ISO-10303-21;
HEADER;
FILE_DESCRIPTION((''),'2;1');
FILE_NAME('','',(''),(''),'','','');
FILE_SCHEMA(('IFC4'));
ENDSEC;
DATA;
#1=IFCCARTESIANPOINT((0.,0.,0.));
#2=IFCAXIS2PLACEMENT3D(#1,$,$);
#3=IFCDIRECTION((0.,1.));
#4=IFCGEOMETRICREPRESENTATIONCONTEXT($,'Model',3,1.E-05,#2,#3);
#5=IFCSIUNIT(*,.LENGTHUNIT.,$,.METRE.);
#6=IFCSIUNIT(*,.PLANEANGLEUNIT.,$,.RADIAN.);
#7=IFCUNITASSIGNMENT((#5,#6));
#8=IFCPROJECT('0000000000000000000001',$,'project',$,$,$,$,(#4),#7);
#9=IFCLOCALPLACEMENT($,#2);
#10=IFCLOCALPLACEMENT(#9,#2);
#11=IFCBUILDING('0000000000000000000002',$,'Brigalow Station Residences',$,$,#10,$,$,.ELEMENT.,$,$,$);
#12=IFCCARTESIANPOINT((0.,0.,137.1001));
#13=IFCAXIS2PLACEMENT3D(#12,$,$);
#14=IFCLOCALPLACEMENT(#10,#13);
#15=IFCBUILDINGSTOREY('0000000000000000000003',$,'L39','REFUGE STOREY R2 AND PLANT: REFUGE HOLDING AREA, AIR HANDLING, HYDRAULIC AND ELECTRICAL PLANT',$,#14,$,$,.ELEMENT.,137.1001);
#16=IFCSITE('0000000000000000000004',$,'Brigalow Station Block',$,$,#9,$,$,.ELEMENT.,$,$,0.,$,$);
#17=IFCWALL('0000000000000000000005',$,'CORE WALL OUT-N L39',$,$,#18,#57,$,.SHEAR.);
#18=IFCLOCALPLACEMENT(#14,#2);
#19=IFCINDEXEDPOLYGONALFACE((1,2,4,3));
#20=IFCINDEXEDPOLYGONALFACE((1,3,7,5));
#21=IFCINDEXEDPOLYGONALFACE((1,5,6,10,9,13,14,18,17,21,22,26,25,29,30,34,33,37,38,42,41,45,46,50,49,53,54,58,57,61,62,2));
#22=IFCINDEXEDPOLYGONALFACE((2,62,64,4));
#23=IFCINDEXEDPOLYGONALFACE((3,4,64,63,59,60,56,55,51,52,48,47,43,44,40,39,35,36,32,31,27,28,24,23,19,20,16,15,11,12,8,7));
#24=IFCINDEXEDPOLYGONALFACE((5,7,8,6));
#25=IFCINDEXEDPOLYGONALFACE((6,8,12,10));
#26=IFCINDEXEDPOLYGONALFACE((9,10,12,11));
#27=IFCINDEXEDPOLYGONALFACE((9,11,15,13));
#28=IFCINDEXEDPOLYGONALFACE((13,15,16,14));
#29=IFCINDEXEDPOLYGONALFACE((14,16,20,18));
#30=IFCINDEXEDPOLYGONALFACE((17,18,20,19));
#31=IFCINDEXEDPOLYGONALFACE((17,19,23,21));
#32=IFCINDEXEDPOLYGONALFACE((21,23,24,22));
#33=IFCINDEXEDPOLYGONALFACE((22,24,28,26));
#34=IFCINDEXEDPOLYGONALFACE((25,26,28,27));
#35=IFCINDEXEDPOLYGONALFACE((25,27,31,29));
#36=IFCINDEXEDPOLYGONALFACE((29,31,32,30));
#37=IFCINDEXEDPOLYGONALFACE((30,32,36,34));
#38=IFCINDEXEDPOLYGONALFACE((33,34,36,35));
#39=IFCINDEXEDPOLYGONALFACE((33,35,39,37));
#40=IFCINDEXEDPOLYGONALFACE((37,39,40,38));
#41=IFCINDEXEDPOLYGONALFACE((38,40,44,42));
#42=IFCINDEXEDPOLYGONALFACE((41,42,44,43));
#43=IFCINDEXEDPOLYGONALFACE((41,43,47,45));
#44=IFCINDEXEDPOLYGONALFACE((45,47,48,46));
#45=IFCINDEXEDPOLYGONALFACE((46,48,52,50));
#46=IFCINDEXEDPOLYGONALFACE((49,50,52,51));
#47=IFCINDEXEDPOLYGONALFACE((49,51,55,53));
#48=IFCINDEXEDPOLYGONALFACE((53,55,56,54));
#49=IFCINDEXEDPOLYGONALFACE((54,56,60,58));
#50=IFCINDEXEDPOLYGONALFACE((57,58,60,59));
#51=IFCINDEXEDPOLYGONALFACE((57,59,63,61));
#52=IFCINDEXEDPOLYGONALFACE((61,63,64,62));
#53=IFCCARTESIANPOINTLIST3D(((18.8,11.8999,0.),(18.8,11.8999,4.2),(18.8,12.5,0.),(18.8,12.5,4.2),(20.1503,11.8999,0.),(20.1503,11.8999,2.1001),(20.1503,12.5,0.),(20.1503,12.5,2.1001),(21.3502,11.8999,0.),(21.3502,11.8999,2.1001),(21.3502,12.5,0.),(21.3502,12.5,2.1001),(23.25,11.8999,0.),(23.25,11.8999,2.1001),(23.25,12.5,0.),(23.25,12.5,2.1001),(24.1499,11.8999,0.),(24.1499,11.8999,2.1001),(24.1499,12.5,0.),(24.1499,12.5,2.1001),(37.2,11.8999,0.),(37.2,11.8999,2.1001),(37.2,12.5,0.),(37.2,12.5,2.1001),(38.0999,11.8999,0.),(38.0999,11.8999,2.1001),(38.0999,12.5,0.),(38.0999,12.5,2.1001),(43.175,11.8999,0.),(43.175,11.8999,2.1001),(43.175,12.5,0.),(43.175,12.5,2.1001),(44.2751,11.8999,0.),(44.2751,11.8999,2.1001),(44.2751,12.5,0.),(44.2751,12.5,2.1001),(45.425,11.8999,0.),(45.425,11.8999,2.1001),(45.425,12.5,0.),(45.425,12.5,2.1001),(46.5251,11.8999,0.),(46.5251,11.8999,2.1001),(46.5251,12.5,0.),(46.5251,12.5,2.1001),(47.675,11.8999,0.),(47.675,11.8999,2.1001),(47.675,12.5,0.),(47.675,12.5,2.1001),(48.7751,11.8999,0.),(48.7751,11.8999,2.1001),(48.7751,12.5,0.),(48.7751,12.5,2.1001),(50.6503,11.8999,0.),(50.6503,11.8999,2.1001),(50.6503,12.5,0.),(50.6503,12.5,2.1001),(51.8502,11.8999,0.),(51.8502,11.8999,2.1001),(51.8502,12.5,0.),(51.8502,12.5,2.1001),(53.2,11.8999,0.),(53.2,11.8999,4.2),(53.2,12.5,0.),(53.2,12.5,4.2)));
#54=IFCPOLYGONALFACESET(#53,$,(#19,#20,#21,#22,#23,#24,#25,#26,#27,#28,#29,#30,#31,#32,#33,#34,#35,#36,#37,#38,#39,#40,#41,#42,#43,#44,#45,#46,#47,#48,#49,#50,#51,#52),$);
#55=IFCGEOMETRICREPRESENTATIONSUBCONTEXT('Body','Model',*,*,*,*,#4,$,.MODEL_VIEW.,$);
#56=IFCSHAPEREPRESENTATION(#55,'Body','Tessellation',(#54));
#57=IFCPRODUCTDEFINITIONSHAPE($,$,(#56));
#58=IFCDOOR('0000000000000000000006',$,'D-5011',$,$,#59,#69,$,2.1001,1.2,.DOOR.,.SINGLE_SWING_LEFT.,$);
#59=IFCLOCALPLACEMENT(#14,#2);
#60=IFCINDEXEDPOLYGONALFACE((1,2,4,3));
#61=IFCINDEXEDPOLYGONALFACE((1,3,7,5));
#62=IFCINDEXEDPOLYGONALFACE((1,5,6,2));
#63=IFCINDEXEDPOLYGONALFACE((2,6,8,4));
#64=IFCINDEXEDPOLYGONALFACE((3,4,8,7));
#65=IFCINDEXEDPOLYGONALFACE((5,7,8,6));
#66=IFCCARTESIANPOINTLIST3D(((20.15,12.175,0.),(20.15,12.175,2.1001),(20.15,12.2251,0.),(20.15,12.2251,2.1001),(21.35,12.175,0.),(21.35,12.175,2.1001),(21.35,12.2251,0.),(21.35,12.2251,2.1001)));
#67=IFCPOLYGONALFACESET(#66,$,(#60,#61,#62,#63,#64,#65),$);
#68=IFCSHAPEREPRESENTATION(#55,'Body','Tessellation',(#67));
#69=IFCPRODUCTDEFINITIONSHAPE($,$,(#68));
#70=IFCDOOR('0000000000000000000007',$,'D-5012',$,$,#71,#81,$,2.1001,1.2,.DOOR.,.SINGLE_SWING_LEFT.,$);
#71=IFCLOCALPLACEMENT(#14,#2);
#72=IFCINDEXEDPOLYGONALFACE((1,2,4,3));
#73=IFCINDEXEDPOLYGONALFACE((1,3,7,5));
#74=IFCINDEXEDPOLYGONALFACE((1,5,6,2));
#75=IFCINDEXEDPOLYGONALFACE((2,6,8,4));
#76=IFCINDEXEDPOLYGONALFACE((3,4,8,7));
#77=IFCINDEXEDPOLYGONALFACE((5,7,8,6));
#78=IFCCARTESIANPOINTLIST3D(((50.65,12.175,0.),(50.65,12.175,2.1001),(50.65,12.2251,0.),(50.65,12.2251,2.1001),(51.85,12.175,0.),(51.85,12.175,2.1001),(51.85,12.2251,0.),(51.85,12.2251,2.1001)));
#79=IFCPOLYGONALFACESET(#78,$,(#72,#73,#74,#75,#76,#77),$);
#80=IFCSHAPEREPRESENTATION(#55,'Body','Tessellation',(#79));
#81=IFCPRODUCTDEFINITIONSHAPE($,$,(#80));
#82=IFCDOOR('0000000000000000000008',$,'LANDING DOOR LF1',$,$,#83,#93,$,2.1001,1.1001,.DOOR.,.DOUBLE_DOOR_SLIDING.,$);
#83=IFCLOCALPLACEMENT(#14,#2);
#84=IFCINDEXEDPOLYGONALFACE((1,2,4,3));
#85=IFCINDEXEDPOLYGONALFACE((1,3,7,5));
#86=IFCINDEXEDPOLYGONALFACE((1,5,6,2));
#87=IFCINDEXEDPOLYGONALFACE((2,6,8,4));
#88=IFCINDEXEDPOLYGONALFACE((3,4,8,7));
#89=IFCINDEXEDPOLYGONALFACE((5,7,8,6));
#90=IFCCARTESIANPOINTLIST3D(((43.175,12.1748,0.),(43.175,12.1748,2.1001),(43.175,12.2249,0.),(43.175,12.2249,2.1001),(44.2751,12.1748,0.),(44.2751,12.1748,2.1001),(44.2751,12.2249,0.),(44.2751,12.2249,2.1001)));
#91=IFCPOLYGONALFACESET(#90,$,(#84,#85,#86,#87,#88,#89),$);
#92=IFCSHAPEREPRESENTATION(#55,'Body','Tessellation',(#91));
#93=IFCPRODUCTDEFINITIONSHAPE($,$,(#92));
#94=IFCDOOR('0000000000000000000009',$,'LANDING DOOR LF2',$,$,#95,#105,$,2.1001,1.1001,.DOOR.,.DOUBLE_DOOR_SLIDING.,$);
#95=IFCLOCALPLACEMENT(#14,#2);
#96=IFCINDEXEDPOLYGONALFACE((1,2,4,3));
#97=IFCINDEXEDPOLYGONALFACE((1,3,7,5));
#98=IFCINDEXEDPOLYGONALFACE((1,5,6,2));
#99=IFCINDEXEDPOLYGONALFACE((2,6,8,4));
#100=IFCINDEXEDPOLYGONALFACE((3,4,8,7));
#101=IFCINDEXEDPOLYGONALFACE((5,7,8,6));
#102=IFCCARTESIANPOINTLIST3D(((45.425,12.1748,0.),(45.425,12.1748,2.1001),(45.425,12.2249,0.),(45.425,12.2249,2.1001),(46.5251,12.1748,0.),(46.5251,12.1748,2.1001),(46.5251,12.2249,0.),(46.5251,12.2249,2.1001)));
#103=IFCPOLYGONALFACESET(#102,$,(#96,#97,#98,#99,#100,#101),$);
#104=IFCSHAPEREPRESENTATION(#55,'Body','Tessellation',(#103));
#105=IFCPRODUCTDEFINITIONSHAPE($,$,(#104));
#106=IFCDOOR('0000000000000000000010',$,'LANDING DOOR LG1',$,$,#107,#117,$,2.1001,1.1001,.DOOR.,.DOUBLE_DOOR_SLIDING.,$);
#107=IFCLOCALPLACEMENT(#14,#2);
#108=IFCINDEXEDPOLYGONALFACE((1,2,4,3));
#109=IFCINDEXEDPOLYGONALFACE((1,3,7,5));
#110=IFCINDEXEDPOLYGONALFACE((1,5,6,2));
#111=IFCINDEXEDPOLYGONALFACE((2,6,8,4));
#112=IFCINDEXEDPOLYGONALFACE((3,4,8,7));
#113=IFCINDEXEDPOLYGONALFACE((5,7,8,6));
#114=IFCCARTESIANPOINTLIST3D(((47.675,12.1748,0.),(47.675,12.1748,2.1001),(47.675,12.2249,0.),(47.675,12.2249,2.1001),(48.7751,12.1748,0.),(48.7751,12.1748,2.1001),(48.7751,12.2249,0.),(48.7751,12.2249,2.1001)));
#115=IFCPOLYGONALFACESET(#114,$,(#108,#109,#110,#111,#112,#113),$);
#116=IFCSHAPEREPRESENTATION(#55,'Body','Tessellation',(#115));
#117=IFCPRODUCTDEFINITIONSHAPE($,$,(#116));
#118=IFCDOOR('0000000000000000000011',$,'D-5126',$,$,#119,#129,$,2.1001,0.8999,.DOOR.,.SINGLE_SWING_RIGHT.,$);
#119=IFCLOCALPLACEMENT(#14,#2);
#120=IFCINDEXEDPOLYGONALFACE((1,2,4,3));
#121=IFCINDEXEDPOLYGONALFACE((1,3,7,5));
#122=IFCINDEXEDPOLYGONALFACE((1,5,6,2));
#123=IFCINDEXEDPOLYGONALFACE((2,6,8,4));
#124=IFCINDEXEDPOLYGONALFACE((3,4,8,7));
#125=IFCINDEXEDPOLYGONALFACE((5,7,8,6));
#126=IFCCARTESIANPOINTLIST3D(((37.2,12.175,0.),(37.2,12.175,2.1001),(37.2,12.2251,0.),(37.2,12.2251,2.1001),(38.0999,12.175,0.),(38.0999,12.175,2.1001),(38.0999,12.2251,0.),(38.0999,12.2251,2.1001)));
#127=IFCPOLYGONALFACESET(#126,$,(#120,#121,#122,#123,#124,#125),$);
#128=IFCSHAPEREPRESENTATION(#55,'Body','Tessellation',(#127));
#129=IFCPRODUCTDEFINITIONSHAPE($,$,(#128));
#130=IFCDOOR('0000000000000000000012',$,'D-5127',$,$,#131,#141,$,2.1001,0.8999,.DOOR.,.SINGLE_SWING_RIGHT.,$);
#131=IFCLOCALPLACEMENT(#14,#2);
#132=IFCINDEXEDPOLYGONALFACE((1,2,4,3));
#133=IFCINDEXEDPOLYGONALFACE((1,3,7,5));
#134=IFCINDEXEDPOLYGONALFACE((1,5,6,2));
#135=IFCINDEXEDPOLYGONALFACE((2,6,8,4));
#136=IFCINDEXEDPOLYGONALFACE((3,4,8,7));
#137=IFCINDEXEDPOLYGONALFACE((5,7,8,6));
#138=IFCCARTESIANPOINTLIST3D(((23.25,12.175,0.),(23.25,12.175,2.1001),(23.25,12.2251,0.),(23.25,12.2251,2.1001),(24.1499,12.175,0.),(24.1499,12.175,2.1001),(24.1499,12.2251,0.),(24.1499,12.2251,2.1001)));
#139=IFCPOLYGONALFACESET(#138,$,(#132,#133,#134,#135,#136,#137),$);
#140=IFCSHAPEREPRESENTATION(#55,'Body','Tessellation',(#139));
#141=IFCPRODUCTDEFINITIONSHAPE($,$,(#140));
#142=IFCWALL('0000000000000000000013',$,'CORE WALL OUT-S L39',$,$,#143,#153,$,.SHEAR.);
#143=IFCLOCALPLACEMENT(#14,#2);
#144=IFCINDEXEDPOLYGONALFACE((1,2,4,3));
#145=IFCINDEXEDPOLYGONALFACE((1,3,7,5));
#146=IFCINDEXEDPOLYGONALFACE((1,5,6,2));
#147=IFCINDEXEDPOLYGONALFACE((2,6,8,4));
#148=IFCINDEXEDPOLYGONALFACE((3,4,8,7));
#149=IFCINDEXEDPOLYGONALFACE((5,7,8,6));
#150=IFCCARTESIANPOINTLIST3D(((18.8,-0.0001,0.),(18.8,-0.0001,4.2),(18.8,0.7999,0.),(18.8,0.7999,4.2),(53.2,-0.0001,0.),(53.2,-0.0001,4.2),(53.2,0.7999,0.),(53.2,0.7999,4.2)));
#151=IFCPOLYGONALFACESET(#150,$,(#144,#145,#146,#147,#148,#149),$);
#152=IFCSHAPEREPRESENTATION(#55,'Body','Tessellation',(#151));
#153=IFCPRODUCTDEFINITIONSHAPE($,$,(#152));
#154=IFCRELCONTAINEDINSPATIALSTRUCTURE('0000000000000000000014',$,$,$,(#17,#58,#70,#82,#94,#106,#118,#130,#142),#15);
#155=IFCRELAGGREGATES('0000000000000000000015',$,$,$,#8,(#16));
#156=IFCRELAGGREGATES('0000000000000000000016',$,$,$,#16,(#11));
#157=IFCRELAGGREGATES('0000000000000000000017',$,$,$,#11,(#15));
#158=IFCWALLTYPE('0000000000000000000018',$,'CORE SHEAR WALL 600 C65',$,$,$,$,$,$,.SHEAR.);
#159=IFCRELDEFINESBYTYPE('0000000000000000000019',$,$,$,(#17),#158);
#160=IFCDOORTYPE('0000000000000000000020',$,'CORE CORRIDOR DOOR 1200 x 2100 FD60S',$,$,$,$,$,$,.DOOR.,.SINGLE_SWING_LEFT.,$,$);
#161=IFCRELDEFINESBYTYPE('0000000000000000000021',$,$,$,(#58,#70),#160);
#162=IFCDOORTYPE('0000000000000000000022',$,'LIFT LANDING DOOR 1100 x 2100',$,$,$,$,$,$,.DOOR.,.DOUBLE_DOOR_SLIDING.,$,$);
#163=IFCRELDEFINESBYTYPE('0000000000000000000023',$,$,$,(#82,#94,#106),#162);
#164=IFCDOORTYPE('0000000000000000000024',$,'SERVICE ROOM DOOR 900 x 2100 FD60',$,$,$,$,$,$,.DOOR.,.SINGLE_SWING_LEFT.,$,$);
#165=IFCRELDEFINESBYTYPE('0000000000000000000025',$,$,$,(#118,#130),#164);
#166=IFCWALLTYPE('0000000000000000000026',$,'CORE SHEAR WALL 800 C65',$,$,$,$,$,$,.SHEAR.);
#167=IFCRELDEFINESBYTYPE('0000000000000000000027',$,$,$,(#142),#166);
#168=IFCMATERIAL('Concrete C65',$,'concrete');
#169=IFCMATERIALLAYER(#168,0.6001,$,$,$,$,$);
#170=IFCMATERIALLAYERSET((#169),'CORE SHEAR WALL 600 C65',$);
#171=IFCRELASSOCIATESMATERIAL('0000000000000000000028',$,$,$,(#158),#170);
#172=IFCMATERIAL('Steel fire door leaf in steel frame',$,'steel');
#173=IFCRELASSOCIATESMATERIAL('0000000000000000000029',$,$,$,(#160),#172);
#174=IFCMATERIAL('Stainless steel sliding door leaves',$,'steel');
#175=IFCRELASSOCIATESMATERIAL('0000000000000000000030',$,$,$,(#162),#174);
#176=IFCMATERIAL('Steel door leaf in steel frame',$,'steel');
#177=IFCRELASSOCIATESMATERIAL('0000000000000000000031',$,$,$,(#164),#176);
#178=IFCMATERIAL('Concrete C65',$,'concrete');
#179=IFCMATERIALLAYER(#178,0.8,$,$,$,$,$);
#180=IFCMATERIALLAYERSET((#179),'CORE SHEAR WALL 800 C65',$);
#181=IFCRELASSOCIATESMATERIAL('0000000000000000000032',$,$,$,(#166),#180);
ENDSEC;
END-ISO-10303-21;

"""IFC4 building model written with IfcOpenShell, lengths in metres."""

from ifc_helpers import new_model, si_unit, direction, frame, frame_2d, origin, place, context, subcontext, project, spatial, rectangle, extrude, material, layer, layer_set, type_object, element, fill, save


model = new_model("IFC4")

# Units and contexts
model_context = context("Model", 3, precision=1e-05, world=origin(), true_north=direction((0.0, 1.0)))
body_context = subcontext(model_context, "Body", "Model", "MODEL_VIEW")
ifc_project = project(units=[si_unit("LENGTHUNIT", "METRE"), si_unit("PLANEANGLEUNIT", "RADIAN")], contexts=[model_context])

# Site, building, storey
site_placement = place(None, origin())
site = spatial("IfcSite", under=ifc_project, at=site_placement, Name="Brigalow Station Block", CompositionType="ELEMENT", RefElevation=0.0)
building_placement = place(site_placement, origin())
building = spatial("IfcBuilding", under=site, at=building_placement, Name="Brigalow Station Residences", CompositionType="ELEMENT")
storey_placement = place(building_placement, frame((0.0, 0.0, 137.1001)))
storey = spatial("IfcBuildingStorey", under=building, at=storey_placement, Name="L39", Description="REFUGE STOREY R2 AND PLANT: REFUGE HOLDING AREA, AIR HANDLING, HYDRAULIC AND ELECTRICAL PLANT", CompositionType="ELEMENT", Elevation=137.1001)

# Wall, openings, doors
ifc_material_1 = material(Name="Concrete C65", Category="concrete")
ifc_layer_1 = layer(ifc_material_1, 0.6001)
ifc_layer_set_1 = layer_set([ifc_layer_1], Name="CORE SHEAR WALL 600 C65")
wall_type_1 = type_object("IfcWallType", Name="CORE SHEAR WALL 600 C65", PredefinedType="SHEAR", material=ifc_layer_set_1)
wall_1_placement = place(storey_placement, frame((18.8, 12.2, 0.0), z_axis=(0.0, 0.0, 1.0), x_axis=(1.0, 0.0, 0.0)))
wall_1 = element("IfcWall", 1, at=wall_1_placement, inside=storey, type_object=wall_type_1, Name="CORE WALL OUT-N L39", PredefinedType="SHEAR", context=body_context, shape_type="SweptSolid", body=[
    extrude(rectangle(XDim=34.3999, YDim=0.6001, at=frame_2d((17.2, 0.0))), origin(), (0.0, 0.0, 1.0), 4.2),
])
opening_1_placement = place(wall_1_placement, frame((24.375, 0.0, 0.0)))
opening_1 = element("IfcOpeningElement", 2, at=opening_1_placement, cuts=wall_1, PredefinedType="OPENING", context=body_context, shape_type="SweptSolid", body=[
    extrude(rectangle(XDim=1.1001, YDim=2.1001, at=frame_2d((0.55, 1.05))), frame((0.0, 0.3101, 0.0), z_axis=(0.0, -1.0, 0.0), x_axis=(1.0, 0.0, 0.0)), (0.0, 0.0, 1.0), 0.6201),
])
opening_2_placement = place(wall_1_placement, frame((26.625, 0.0, 0.0)))
opening_2 = element("IfcOpeningElement", 3, at=opening_2_placement, cuts=wall_1, PredefinedType="OPENING", context=body_context, shape_type="SweptSolid", body=[
    extrude(rectangle(XDim=1.1001, YDim=2.1001, at=frame_2d((0.55, 1.05))), frame((0.0, 0.3101, 0.0), z_axis=(0.0, -1.0, 0.0), x_axis=(1.0, 0.0, 0.0)), (0.0, 0.0, 1.0), 0.6201),
])
opening_3_placement = place(wall_1_placement, frame((28.875, 0.0, 0.0)))
opening_3 = element("IfcOpeningElement", 4, at=opening_3_placement, cuts=wall_1, PredefinedType="OPENING", context=body_context, shape_type="SweptSolid", body=[
    extrude(rectangle(XDim=1.1001, YDim=2.1001, at=frame_2d((0.55, 1.05))), frame((0.0, 0.3101, 0.0), z_axis=(0.0, -1.0, 0.0), x_axis=(1.0, 0.0, 0.0)), (0.0, 0.0, 1.0), 0.6201),
])
opening_4_placement = place(wall_1_placement, frame((18.3999, 0.0, 0.0)))
opening_4 = element("IfcOpeningElement", 5, at=opening_4_placement, cuts=wall_1, PredefinedType="OPENING", context=body_context, shape_type="SweptSolid", body=[
    extrude(rectangle(XDim=0.8999, YDim=2.1001, at=frame_2d((0.45, 1.05))), frame((0.0, 0.3101, 0.0), z_axis=(0.0, -1.0, 0.0), x_axis=(1.0, 0.0, 0.0)), (0.0, 0.0, 1.0), 0.6201),
])
opening_5_placement = place(wall_1_placement, frame((4.45, 0.0, 0.0)))
opening_5 = element("IfcOpeningElement", 6, at=opening_5_placement, cuts=wall_1, PredefinedType="OPENING", context=body_context, shape_type="SweptSolid", body=[
    extrude(rectangle(XDim=0.8999, YDim=2.1001, at=frame_2d((0.45, 1.05))), frame((0.0, 0.3101, 0.0), z_axis=(0.0, -1.0, 0.0), x_axis=(1.0, 0.0, 0.0)), (0.0, 0.0, 1.0), 0.6201),
])
opening_6_placement = place(wall_1_placement, frame((1.3501, 0.0, 0.0)))
opening_6 = element("IfcOpeningElement", 7, at=opening_6_placement, cuts=wall_1, PredefinedType="OPENING", context=body_context, shape_type="SweptSolid", body=[
    extrude(rectangle(XDim=1.2, YDim=2.1001, at=frame_2d((0.6001, 1.05))), frame((0.0, 0.3101, 0.0), z_axis=(0.0, -1.0, 0.0), x_axis=(1.0, 0.0, 0.0)), (0.0, 0.0, 1.0), 0.6201),
])
opening_7_placement = place(wall_1_placement, frame((31.8501, 0.0, 0.0)))
opening_7 = element("IfcOpeningElement", 8, at=opening_7_placement, cuts=wall_1, PredefinedType="OPENING", context=body_context, shape_type="SweptSolid", body=[
    extrude(rectangle(XDim=1.2, YDim=2.1001, at=frame_2d((0.6001, 1.05))), frame((0.0, 0.3101, 0.0), z_axis=(0.0, -1.0, 0.0), x_axis=(1.0, 0.0, 0.0)), (0.0, 0.0, 1.0), 0.6201),
])
ifc_material_2 = material(Name="Steel fire door leaf in steel frame", Category="steel")
door_type_1 = type_object("IfcDoorType", Name="CORE CORRIDOR DOOR 1200 x 2100 FD60S", OperationType="SINGLE_SWING_LEFT", PredefinedType="DOOR", material=ifc_material_2)
door_1_placement = place(opening_6_placement, frame((1.2, 0.0, 0.0), z_axis=(0.0, 0.0, 1.0), x_axis=(-1.0, 0.0, 0.0)))
door_1 = element("IfcDoor", 9, at=door_1_placement, inside=storey, type_object=door_type_1, Name="D-5011", OperationType="SINGLE_SWING_LEFT", OverallHeight=2.1001, OverallWidth=1.2, PredefinedType="DOOR", context=body_context, shape_type="SweptSolid", body=[
    extrude(rectangle(XDim=1.2, YDim=2.1001, at=frame_2d((0.6001, 1.05))), frame((0.0, 0.0249, 0.0), z_axis=(0.0, -1.0, 0.0), x_axis=(1.0, 0.0, 0.0)), (0.0, 0.0, 1.0), 0.05),
])
fill(opening_6, door_1)
door_2_placement = place(opening_7_placement, frame((1.2, 0.0, 0.0), z_axis=(0.0, 0.0, 1.0), x_axis=(-1.0, 0.0, 0.0)))
door_2 = element("IfcDoor", 10, at=door_2_placement, inside=storey, type_object=door_type_1, Name="D-5012", OperationType="SINGLE_SWING_LEFT", OverallHeight=2.1001, OverallWidth=1.2, PredefinedType="DOOR", context=body_context, shape_type="SweptSolid", body=[
    extrude(rectangle(XDim=1.2, YDim=2.1001, at=frame_2d((0.6001, 1.05))), frame((0.0, 0.0249, 0.0), z_axis=(0.0, -1.0, 0.0), x_axis=(1.0, 0.0, 0.0)), (0.0, 0.0, 1.0), 0.05),
])
fill(opening_7, door_2)
ifc_material_3 = material(Name="Stainless steel sliding door leaves", Category="steel")
door_type_2 = type_object("IfcDoorType", Name="LIFT LANDING DOOR 1100 x 2100", OperationType="DOUBLE_DOOR_SLIDING", PredefinedType="DOOR", material=ifc_material_3)
door_3_placement = place(opening_1_placement, origin())
door_3 = element("IfcDoor", 11, at=door_3_placement, inside=storey, type_object=door_type_2, Name="LANDING DOOR LF1", OperationType="DOUBLE_DOOR_SLIDING", OverallHeight=2.1001, OverallWidth=1.1001, PredefinedType="DOOR", context=body_context, shape_type="SweptSolid", body=[
    extrude(rectangle(XDim=1.1001, YDim=2.1001, at=frame_2d((0.55, 1.05))), frame((0.0, 0.0249, 0.0), z_axis=(0.0, -1.0, 0.0), x_axis=(1.0, 0.0, 0.0)), (0.0, 0.0, 1.0), 0.05),
])
fill(opening_1, door_3)
door_4_placement = place(opening_2_placement, origin())
door_4 = element("IfcDoor", 12, at=door_4_placement, inside=storey, type_object=door_type_2, Name="LANDING DOOR LF2", OperationType="DOUBLE_DOOR_SLIDING", OverallHeight=2.1001, OverallWidth=1.1001, PredefinedType="DOOR", context=body_context, shape_type="SweptSolid", body=[
    extrude(rectangle(XDim=1.1001, YDim=2.1001, at=frame_2d((0.55, 1.05))), frame((0.0, 0.0249, 0.0), z_axis=(0.0, -1.0, 0.0), x_axis=(1.0, 0.0, 0.0)), (0.0, 0.0, 1.0), 0.05),
])
fill(opening_2, door_4)
door_5_placement = place(opening_3_placement, origin())
door_5 = element("IfcDoor", 13, at=door_5_placement, inside=storey, type_object=door_type_2, Name="LANDING DOOR LG1", OperationType="DOUBLE_DOOR_SLIDING", OverallHeight=2.1001, OverallWidth=1.1001, PredefinedType="DOOR", context=body_context, shape_type="SweptSolid", body=[
    extrude(rectangle(XDim=1.1001, YDim=2.1001, at=frame_2d((0.55, 1.05))), frame((0.0, 0.0249, 0.0), z_axis=(0.0, -1.0, 0.0), x_axis=(1.0, 0.0, 0.0)), (0.0, 0.0, 1.0), 0.05),
])
fill(opening_3, door_5)
ifc_material_4 = material(Name="Steel door leaf in steel frame", Category="steel")
door_type_3 = type_object("IfcDoorType", Name="SERVICE ROOM DOOR 900 x 2100 FD60", OperationType="SINGLE_SWING_LEFT", PredefinedType="DOOR", material=ifc_material_4)
door_6_placement = place(opening_4_placement, frame((0.8999, 0.0, 0.0), z_axis=(0.0, 0.0, 1.0), x_axis=(-1.0, 0.0, 0.0)))
door_6 = element("IfcDoor", 14, at=door_6_placement, inside=storey, type_object=door_type_3, Name="D-5126", OperationType="SINGLE_SWING_RIGHT", OverallHeight=2.1001, OverallWidth=0.8999, PredefinedType="DOOR", context=body_context, shape_type="SweptSolid", body=[
    extrude(rectangle(XDim=0.8999, YDim=2.1001, at=frame_2d((0.45, 1.05))), frame((0.0, 0.0249, 0.0), z_axis=(0.0, -1.0, 0.0), x_axis=(1.0, 0.0, 0.0)), (0.0, 0.0, 1.0), 0.05),
])
fill(opening_4, door_6)
door_7_placement = place(opening_5_placement, frame((0.8999, 0.0, 0.0), z_axis=(0.0, 0.0, 1.0), x_axis=(-1.0, 0.0, 0.0)))
door_7 = element("IfcDoor", 15, at=door_7_placement, inside=storey, type_object=door_type_3, Name="D-5127", OperationType="SINGLE_SWING_RIGHT", OverallHeight=2.1001, OverallWidth=0.8999, PredefinedType="DOOR", context=body_context, shape_type="SweptSolid", body=[
    extrude(rectangle(XDim=0.8999, YDim=2.1001, at=frame_2d((0.45, 1.05))), frame((0.0, 0.0249, 0.0), z_axis=(0.0, -1.0, 0.0), x_axis=(1.0, 0.0, 0.0)), (0.0, 0.0, 1.0), 0.05),
])
fill(opening_5, door_7)

# Wall
ifc_material_5 = material(Name="Concrete C65", Category="concrete")
ifc_layer_2 = layer(ifc_material_5, 0.8)
ifc_layer_set_2 = layer_set([ifc_layer_2], Name="CORE SHEAR WALL 800 C65")
wall_type_2 = type_object("IfcWallType", Name="CORE SHEAR WALL 800 C65", PredefinedType="SHEAR", material=ifc_layer_set_2)
wall_2_placement = place(storey_placement, frame((18.8, 0.3999, 0.0), z_axis=(0.0, 0.0, 1.0), x_axis=(1.0, 0.0, 0.0)))
element("IfcWall", 16, at=wall_2_placement, inside=storey, type_object=wall_type_2, Name="CORE WALL OUT-S L39", PredefinedType="SHEAR", context=body_context, shape_type="SweptSolid", body=[
    extrude(rectangle(XDim=34.3999, YDim=0.8, at=frame_2d((17.2, 0.0))), origin(), (0.0, 0.0, 1.0), 4.2),
])

save(model, "model.ifc")
